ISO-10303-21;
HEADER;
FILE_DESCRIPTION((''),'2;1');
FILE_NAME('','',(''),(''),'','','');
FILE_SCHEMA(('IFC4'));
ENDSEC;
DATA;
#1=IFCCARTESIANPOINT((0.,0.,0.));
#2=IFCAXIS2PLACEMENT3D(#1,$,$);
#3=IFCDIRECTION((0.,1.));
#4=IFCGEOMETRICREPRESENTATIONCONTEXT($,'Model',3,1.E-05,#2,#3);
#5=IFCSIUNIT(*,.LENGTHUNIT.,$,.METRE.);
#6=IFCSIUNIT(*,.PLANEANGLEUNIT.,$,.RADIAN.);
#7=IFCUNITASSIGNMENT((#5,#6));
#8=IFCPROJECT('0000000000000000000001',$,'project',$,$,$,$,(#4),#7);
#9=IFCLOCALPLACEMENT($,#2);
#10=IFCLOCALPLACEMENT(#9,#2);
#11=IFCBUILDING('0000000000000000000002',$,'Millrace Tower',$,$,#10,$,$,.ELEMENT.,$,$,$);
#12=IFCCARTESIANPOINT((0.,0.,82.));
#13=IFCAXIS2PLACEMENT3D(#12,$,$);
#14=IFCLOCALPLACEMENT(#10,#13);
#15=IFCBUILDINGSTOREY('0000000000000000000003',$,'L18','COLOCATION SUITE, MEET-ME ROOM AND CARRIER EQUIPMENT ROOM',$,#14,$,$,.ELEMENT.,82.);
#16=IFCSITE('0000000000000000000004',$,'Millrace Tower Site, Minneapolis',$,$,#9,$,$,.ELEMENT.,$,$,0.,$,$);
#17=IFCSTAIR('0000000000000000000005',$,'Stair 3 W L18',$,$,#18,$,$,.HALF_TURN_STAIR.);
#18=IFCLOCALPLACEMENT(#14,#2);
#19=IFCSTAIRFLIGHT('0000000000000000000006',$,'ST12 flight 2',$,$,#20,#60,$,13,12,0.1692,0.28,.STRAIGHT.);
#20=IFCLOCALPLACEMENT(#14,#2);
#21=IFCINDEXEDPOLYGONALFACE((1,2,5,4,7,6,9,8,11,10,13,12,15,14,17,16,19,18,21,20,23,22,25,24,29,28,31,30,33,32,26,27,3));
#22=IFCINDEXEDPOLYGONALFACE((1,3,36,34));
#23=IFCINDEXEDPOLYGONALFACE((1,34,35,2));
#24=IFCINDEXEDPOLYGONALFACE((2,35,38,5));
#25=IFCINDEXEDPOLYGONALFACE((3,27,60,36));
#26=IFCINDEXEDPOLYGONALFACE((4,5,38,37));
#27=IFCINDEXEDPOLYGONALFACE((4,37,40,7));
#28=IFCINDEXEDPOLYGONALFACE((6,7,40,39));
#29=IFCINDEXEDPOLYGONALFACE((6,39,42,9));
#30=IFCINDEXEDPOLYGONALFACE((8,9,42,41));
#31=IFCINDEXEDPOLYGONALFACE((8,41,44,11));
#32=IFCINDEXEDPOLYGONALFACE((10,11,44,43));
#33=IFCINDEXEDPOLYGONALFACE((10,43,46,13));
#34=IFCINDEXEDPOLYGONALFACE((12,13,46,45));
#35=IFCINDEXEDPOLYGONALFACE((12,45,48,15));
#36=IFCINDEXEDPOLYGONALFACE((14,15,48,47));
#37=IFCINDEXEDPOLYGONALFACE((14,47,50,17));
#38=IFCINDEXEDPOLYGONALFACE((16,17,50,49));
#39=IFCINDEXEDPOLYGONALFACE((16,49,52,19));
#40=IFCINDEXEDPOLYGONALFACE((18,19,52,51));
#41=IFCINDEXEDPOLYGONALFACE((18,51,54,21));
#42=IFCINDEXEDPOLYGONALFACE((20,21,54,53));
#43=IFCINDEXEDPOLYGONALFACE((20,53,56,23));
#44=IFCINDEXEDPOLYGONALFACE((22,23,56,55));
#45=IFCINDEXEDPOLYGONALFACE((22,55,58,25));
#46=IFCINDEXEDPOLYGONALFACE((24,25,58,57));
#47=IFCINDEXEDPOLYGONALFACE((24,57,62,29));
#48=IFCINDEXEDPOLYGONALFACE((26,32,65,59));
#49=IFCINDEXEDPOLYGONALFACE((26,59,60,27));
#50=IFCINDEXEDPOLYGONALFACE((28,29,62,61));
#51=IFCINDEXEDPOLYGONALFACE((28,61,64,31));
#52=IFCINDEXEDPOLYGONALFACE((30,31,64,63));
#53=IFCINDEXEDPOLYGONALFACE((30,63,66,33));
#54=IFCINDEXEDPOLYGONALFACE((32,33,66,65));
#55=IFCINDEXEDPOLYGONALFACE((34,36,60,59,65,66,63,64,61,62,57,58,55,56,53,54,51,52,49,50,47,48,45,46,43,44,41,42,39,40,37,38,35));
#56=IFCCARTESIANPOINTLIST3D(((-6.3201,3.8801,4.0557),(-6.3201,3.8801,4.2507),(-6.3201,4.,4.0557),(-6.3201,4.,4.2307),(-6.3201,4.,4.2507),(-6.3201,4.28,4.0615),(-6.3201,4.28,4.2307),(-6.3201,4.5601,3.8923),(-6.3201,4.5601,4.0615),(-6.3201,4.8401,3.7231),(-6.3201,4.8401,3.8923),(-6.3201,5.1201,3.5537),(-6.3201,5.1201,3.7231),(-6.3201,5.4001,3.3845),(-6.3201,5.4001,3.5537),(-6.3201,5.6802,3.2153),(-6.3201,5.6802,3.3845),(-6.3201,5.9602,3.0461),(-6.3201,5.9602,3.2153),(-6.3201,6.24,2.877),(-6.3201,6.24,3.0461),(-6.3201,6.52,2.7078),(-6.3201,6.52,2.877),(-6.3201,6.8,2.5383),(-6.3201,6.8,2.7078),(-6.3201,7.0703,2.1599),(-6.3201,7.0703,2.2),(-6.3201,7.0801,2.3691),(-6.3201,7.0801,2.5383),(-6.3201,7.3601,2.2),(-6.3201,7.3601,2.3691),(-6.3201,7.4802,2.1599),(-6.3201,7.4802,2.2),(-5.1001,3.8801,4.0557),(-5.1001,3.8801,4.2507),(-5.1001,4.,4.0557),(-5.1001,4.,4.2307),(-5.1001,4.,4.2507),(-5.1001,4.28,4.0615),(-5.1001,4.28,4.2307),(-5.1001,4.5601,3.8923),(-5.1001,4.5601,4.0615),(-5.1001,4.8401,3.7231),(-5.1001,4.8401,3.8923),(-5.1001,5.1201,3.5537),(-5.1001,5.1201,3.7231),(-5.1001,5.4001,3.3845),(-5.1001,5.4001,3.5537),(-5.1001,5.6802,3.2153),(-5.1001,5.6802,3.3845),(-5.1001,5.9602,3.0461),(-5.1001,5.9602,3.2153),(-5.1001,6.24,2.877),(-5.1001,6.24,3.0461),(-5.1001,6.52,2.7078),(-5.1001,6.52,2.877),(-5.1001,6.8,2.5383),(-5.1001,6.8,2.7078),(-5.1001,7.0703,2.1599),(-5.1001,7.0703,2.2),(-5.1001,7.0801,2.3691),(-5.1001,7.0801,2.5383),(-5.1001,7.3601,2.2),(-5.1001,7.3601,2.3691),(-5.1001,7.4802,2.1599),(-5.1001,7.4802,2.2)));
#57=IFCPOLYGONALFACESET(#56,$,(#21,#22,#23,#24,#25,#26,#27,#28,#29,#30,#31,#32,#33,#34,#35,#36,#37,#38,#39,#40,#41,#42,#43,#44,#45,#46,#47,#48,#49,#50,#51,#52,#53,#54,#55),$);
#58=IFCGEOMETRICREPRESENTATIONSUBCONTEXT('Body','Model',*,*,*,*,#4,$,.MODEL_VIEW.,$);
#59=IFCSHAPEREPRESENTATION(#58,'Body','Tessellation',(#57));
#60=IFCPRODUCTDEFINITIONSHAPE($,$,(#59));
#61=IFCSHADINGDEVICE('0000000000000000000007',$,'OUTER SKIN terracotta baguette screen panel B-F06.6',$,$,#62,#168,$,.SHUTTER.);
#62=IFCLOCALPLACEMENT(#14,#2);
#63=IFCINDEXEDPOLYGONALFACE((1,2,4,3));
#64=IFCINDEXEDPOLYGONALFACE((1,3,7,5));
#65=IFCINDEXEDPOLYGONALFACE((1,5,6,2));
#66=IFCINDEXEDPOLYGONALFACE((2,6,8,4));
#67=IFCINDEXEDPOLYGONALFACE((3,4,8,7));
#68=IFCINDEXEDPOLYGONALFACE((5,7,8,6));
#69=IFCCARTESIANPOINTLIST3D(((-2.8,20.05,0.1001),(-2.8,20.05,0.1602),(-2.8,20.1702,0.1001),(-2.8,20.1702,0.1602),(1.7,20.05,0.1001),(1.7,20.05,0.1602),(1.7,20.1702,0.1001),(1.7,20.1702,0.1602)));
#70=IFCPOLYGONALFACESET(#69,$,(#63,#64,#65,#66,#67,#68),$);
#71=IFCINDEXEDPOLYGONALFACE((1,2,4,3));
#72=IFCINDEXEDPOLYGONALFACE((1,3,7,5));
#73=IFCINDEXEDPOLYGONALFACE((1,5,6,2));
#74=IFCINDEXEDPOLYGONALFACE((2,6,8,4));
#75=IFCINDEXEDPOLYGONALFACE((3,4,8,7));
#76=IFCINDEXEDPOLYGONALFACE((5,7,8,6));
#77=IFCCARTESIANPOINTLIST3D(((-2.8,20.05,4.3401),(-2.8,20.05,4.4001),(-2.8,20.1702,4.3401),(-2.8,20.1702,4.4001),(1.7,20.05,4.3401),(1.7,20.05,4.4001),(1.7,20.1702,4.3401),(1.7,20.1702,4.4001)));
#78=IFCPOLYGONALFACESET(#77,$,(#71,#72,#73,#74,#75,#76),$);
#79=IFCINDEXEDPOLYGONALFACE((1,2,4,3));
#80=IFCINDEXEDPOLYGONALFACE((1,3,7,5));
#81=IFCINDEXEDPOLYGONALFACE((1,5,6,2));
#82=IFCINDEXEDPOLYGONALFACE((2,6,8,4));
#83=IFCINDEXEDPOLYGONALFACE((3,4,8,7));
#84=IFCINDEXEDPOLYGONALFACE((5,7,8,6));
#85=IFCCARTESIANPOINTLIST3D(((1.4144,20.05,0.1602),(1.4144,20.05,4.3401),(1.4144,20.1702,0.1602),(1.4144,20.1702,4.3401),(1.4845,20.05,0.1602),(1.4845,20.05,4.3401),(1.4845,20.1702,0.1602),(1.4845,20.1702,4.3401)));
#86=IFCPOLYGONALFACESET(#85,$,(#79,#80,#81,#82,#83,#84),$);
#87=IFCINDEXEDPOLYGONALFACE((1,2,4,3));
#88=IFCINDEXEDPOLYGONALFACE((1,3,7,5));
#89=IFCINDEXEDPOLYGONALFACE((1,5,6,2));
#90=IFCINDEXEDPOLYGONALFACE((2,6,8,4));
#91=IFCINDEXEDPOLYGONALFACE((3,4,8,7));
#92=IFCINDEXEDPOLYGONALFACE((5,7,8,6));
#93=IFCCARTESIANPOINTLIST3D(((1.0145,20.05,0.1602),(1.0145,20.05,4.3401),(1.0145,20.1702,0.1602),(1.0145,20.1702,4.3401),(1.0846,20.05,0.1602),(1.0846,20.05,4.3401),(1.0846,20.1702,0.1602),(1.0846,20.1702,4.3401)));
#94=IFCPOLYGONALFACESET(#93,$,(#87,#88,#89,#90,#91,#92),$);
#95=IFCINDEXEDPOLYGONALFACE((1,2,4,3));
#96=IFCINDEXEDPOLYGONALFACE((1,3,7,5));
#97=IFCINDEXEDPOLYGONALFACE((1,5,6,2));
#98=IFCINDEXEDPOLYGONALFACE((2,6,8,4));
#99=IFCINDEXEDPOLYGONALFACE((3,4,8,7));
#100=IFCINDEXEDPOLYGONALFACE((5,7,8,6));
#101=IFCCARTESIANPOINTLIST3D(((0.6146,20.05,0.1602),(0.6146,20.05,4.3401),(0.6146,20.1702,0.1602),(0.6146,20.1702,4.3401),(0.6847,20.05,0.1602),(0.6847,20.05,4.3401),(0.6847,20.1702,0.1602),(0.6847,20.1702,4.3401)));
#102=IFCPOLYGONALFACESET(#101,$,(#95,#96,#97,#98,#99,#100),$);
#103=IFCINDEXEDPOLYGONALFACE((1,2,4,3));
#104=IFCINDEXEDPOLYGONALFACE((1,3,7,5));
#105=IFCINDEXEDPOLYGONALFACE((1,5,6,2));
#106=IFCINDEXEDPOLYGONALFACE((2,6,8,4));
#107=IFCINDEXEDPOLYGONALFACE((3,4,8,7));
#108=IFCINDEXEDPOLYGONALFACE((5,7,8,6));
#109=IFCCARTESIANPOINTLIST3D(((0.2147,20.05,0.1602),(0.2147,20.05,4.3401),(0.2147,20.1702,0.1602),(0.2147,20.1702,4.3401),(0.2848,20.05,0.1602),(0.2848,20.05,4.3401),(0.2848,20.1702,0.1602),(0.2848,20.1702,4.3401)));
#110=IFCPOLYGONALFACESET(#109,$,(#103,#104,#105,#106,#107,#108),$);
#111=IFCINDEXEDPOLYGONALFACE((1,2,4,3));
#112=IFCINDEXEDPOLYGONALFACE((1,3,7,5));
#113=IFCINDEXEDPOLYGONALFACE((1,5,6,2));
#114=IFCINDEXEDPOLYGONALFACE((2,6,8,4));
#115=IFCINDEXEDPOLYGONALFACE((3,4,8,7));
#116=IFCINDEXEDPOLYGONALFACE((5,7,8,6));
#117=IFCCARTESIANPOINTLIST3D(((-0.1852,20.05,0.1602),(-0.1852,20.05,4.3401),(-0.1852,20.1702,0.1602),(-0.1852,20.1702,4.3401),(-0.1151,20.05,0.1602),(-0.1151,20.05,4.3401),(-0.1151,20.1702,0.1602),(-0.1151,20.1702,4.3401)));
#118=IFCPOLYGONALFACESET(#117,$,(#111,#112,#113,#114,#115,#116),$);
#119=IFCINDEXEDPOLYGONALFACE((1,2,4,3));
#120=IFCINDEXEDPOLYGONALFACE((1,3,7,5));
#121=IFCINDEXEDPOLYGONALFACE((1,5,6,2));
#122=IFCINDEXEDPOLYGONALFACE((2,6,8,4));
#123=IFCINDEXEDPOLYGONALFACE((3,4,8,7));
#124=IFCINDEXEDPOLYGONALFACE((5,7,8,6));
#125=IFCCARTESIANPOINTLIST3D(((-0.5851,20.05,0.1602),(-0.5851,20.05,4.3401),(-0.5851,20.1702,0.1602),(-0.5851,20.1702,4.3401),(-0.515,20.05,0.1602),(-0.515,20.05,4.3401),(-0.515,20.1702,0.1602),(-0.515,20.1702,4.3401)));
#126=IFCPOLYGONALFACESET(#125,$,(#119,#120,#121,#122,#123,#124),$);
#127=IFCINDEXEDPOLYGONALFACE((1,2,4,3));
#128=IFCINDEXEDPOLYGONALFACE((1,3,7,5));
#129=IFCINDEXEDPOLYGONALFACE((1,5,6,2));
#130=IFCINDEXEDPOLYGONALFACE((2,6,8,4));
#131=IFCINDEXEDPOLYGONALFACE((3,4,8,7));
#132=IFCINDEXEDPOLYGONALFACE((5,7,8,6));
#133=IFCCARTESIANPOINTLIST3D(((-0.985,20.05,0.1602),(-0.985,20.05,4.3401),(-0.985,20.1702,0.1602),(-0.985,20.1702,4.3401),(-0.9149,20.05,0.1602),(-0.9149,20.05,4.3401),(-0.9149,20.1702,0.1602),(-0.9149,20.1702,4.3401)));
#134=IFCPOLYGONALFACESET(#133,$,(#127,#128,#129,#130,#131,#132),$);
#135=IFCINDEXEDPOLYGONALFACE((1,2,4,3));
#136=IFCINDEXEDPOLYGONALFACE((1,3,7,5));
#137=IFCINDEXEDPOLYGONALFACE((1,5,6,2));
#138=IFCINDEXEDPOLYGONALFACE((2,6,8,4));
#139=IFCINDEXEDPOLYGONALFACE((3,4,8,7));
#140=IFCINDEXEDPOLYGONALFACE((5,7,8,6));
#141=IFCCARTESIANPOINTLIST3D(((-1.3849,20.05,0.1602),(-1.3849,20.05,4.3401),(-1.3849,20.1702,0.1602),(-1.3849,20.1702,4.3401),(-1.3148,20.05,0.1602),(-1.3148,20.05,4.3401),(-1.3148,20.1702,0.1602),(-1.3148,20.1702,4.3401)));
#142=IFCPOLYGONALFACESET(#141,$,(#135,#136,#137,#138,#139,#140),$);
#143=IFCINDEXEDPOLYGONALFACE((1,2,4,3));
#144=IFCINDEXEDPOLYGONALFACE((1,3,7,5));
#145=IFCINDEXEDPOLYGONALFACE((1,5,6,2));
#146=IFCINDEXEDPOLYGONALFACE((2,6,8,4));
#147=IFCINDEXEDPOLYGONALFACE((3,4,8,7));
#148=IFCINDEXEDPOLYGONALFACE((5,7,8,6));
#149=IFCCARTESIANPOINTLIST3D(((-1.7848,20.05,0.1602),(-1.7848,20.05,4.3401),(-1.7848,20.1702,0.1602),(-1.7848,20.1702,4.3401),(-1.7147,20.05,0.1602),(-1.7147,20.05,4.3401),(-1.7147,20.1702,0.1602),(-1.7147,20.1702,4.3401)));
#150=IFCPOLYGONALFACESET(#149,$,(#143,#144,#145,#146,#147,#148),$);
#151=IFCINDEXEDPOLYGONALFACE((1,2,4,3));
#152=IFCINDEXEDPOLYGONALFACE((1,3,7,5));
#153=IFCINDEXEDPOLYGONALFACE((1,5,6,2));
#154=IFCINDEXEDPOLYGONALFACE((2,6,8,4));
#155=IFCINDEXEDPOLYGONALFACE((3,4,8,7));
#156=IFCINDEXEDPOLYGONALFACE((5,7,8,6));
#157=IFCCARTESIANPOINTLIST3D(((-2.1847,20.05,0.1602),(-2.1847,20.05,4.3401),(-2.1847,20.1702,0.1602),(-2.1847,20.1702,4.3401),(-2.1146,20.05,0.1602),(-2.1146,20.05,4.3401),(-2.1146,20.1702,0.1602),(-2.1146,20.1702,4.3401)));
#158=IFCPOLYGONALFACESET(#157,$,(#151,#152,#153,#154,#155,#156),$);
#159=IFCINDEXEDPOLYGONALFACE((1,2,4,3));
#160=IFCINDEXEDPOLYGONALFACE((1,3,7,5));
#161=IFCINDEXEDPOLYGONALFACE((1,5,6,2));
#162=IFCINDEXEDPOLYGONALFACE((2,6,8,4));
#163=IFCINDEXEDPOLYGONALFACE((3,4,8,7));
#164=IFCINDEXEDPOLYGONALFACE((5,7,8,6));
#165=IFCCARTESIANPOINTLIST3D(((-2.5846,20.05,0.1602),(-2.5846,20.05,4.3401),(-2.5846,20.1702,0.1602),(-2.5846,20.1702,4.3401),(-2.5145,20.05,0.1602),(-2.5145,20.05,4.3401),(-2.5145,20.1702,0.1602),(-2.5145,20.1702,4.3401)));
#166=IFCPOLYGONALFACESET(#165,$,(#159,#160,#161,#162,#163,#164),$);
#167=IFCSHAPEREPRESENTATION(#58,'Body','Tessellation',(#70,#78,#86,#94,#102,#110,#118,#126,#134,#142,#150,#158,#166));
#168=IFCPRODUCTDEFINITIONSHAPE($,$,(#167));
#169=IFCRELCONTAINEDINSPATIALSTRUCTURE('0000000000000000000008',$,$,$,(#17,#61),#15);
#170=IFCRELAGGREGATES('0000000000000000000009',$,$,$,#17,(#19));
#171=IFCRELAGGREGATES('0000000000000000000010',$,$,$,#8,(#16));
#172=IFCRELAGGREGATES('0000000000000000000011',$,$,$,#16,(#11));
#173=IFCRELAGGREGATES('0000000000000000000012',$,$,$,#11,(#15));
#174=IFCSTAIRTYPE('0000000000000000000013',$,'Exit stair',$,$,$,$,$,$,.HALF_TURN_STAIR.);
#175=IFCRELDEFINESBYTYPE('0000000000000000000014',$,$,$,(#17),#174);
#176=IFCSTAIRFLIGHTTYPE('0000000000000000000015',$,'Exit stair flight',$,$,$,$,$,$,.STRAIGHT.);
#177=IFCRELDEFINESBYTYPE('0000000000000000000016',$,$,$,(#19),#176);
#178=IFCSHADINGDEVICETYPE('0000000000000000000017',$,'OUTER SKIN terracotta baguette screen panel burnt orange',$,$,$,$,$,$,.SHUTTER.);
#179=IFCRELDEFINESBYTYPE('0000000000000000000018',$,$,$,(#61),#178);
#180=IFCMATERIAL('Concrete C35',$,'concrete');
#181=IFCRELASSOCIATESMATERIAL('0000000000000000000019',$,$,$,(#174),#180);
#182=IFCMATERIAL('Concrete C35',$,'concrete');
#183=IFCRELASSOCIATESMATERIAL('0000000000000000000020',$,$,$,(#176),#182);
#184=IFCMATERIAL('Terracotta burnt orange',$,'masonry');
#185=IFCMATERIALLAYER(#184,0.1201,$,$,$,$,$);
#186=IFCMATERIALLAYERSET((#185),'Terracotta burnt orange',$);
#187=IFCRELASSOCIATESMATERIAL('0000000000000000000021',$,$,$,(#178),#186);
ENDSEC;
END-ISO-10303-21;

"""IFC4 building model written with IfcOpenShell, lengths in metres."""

from ifc_helpers import new_model, entity, si_unit, direction, frame, frame_2d, origin, origin_2d, place, context, subcontext, project, spatial, polyline, rectangle, outline, extrude, source, transform, mapped, material, layer, layer_set, type_object, element, aggregate, save


model = new_model("IFC4")

# Units and contexts
model_context = context("Model", 3, precision=1e-05, world=origin(), true_north=direction((0.0, 1.0)))
body_context = subcontext(model_context, "Body", "Model", "MODEL_VIEW")
ifc_project = project(units=[si_unit("LENGTHUNIT", "METRE"), si_unit("PLANEANGLEUNIT", "RADIAN")], contexts=[model_context])

# Site, building, storey
site_placement = place(None, origin())
site = spatial("IfcSite", under=ifc_project, at=site_placement, Name="Millrace Tower Site, Minneapolis", CompositionType="ELEMENT", RefElevation=0.0)
building_placement = place(site_placement, origin())
building = spatial("IfcBuilding", under=site, at=building_placement, Name="Millrace Tower", CompositionType="ELEMENT")
storey_placement = place(building_placement, frame((0.0, 0.0, 82.0)))
storey = spatial("IfcBuildingStorey", under=building, at=storey_placement, Name="L18", Description="COLOCATION SUITE, MEET-ME ROOM AND CARRIER EQUIPMENT ROOM", CompositionType="ELEMENT", Elevation=82.0)

# Shared definitions
placement = place(storey_placement, origin())

# Shared definitions
ifc_material_1 = material(Name="Concrete C35", Category="concrete")
stair_type = type_object("IfcStairType", Name="Exit stair", PredefinedType="HALF_TURN_STAIR", material=ifc_material_1)
ifc_material_2 = material(Name="Concrete C35", Category="concrete")
stair_flight_type = type_object("IfcStairFlightType", Name="Exit stair flight", PredefinedType="STRAIGHT", material=ifc_material_2)

# Stair, stair flight
stair_1 = element("IfcStair", 1, at=placement, inside=storey, type_object=stair_type, Name="Stair 3 W L18", PredefinedType="HALF_TURN_STAIR")
stair_flight_1_placement = place(storey_placement, frame((-5.71, 7.3601, 2.2), z_axis=(0.0, 0.0, 1.0), x_axis=(0.0, -1.0, 0.0)))
stair_flight_1 = element("IfcStairFlight", 2, at=stair_flight_1_placement, type_object=stair_flight_type, Name="ST12 flight 2", NumberOfRisers=13, NumberOfTreads=12, PredefinedType="STRAIGHT", RiserHeight=0.1692, TreadLength=0.28, context=body_context, shape_type="SweptSolid", body=[
    extrude(outline(polyline([(-0.1201, -0.04), (-0.1201, 0.0), (0.0, 0.0), (0.0, 0.1692), (0.28, 0.1692), (0.28, 0.3384), (0.5601, 0.3384), (0.5601, 0.5078), (0.8401, 0.5078), (0.8401, 0.677), (1.1201, 0.677), (1.1201, 0.8462), (1.3999, 0.8462), (1.3999, 1.0154), (1.6799, 1.0154), (1.6799, 1.1846), (1.96, 1.1846), (1.96, 1.3538), (2.24, 1.3538), (2.24, 1.5232), (2.52, 1.5232), (2.52, 1.6924), (2.8, 1.6924), (2.8, 1.8616), (3.0801, 1.8616), (3.0801, 2.0308), (3.3601, 2.0308), (3.3601, 2.0508), (3.48, 2.0508), (3.48, 1.8557), (3.3601, 1.8557), (0.2898, 0.0), (0.2898, -0.04), (-0.1201, -0.04)])), frame((0.0, 0.6099, 0.0), z_axis=(0.0, -1.0, 0.0), x_axis=(1.0, 0.0, 0.0)), (0.0, 0.0, 1.0), 1.22),
])
aggregate(stair_1, [stair_flight_1])

# Shading device
ifc_material_3 = material(Name="Terracotta burnt orange", Category="masonry")
ifc_layer_1 = layer(ifc_material_3, 0.1201)
ifc_layer_set_1 = layer_set([ifc_layer_1], Name="Terracotta burnt orange")
shading_device_type = type_object("IfcShadingDeviceType", Name="OUTER SKIN terracotta baguette screen panel burnt orange", PredefinedType="SHUTTER", material=ifc_layer_set_1)
cartesian_point = entity("IfcCartesianPoint", [-2.25, 0.0601])
shared_polyline = entity("IfcPolyline", [cartesian_point, entity("IfcCartesianPoint", [2.25, 0.0601]), entity("IfcCartesianPoint", [2.25, -0.0601]), entity("IfcCartesianPoint", [-2.25, -0.0601]), cartesian_point])
shared_shape = source(origin(), body_context, "Body", "SweptSolid", [
    entity("IfcExtrudedAreaSolid", entity("IfcArbitraryClosedProfileDef", "AREA", None, shared_polyline), entity("IfcAxis2Placement3D", entity("IfcCartesianPoint", [0.0, 0.0, 0.0])), entity("IfcDirection", [0.0, 0.0, 1.0]), 0.0601),
    entity("IfcExtrudedAreaSolid", entity("IfcArbitraryClosedProfileDef", "AREA", None, shared_polyline), entity("IfcAxis2Placement3D", entity("IfcCartesianPoint", [0.0, 0.0, 4.24])), entity("IfcDirection", [0.0, 0.0, 1.0]), 0.0601),
    extrude(rectangle(XDim=0.0701, YDim=0.1201, at=frame_2d((-1.9995, 0.0))), frame((0.0, 0.0, 0.0601)), (0.0, 0.0, 1.0), 4.1799),
    extrude(rectangle(XDim=0.0701, YDim=0.1201, at=frame_2d((-1.5996, 0.0))), frame((0.0, 0.0, 0.0601)), (0.0, 0.0, 1.0), 4.1799),
    extrude(rectangle(XDim=0.0701, YDim=0.1201, at=frame_2d((-1.1997, 0.0))), frame((0.0, 0.0, 0.0601)), (0.0, 0.0, 1.0), 4.1799),
    extrude(rectangle(XDim=0.0701, YDim=0.1201, at=frame_2d((-0.7998, 0.0))), frame((0.0, 0.0, 0.0601)), (0.0, 0.0, 1.0), 4.1799),
    extrude(rectangle(XDim=0.0701, YDim=0.1201, at=frame_2d((-0.3999, 0.0))), frame((0.0, 0.0, 0.0601)), (0.0, 0.0, 1.0), 4.1799),
    extrude(rectangle(XDim=0.0701, YDim=0.1201, at=origin_2d()), frame((0.0, 0.0, 0.0601)), (0.0, 0.0, 1.0), 4.1799),
    extrude(rectangle(XDim=0.0701, YDim=0.1201, at=frame_2d((0.3999, 0.0))), frame((0.0, 0.0, 0.0601)), (0.0, 0.0, 1.0), 4.1799),
    extrude(rectangle(XDim=0.0701, YDim=0.1201, at=frame_2d((0.7998, 0.0))), frame((0.0, 0.0, 0.0601)), (0.0, 0.0, 1.0), 4.1799),
    extrude(rectangle(XDim=0.0701, YDim=0.1201, at=frame_2d((1.1997, 0.0))), frame((0.0, 0.0, 0.0601)), (0.0, 0.0, 1.0), 4.1799),
    extrude(rectangle(XDim=0.0701, YDim=0.1201, at=frame_2d((1.5996, 0.0))), frame((0.0, 0.0, 0.0601)), (0.0, 0.0, 1.0), 4.1799),
    extrude(rectangle(XDim=0.0701, YDim=0.1201, at=frame_2d((1.9995, 0.0))), frame((0.0, 0.0, 0.0601)), (0.0, 0.0, 1.0), 4.1799),
])
for number, where, z_axis, x_axis, name in (
    (3, (-0.55, 20.1101, 0.1001), (0.0, 0.0, 1.0), (-1.0, 0.0, 0.0), "OUTER SKIN terracotta baguette screen panel B-F06.6"),
):
    element("IfcShadingDevice", number, at=place(storey_placement, frame(where, z_axis=z_axis, x_axis=x_axis)), inside=storey, type_object=shading_device_type, Name=name, PredefinedType="SHUTTER", context=body_context, shape_type="MappedRepresentation", body=[
        mapped(shared_shape, transform((0.0, 0.0, 0.0), scale=1.0)),
    ])

save(model, "model.ifc")
